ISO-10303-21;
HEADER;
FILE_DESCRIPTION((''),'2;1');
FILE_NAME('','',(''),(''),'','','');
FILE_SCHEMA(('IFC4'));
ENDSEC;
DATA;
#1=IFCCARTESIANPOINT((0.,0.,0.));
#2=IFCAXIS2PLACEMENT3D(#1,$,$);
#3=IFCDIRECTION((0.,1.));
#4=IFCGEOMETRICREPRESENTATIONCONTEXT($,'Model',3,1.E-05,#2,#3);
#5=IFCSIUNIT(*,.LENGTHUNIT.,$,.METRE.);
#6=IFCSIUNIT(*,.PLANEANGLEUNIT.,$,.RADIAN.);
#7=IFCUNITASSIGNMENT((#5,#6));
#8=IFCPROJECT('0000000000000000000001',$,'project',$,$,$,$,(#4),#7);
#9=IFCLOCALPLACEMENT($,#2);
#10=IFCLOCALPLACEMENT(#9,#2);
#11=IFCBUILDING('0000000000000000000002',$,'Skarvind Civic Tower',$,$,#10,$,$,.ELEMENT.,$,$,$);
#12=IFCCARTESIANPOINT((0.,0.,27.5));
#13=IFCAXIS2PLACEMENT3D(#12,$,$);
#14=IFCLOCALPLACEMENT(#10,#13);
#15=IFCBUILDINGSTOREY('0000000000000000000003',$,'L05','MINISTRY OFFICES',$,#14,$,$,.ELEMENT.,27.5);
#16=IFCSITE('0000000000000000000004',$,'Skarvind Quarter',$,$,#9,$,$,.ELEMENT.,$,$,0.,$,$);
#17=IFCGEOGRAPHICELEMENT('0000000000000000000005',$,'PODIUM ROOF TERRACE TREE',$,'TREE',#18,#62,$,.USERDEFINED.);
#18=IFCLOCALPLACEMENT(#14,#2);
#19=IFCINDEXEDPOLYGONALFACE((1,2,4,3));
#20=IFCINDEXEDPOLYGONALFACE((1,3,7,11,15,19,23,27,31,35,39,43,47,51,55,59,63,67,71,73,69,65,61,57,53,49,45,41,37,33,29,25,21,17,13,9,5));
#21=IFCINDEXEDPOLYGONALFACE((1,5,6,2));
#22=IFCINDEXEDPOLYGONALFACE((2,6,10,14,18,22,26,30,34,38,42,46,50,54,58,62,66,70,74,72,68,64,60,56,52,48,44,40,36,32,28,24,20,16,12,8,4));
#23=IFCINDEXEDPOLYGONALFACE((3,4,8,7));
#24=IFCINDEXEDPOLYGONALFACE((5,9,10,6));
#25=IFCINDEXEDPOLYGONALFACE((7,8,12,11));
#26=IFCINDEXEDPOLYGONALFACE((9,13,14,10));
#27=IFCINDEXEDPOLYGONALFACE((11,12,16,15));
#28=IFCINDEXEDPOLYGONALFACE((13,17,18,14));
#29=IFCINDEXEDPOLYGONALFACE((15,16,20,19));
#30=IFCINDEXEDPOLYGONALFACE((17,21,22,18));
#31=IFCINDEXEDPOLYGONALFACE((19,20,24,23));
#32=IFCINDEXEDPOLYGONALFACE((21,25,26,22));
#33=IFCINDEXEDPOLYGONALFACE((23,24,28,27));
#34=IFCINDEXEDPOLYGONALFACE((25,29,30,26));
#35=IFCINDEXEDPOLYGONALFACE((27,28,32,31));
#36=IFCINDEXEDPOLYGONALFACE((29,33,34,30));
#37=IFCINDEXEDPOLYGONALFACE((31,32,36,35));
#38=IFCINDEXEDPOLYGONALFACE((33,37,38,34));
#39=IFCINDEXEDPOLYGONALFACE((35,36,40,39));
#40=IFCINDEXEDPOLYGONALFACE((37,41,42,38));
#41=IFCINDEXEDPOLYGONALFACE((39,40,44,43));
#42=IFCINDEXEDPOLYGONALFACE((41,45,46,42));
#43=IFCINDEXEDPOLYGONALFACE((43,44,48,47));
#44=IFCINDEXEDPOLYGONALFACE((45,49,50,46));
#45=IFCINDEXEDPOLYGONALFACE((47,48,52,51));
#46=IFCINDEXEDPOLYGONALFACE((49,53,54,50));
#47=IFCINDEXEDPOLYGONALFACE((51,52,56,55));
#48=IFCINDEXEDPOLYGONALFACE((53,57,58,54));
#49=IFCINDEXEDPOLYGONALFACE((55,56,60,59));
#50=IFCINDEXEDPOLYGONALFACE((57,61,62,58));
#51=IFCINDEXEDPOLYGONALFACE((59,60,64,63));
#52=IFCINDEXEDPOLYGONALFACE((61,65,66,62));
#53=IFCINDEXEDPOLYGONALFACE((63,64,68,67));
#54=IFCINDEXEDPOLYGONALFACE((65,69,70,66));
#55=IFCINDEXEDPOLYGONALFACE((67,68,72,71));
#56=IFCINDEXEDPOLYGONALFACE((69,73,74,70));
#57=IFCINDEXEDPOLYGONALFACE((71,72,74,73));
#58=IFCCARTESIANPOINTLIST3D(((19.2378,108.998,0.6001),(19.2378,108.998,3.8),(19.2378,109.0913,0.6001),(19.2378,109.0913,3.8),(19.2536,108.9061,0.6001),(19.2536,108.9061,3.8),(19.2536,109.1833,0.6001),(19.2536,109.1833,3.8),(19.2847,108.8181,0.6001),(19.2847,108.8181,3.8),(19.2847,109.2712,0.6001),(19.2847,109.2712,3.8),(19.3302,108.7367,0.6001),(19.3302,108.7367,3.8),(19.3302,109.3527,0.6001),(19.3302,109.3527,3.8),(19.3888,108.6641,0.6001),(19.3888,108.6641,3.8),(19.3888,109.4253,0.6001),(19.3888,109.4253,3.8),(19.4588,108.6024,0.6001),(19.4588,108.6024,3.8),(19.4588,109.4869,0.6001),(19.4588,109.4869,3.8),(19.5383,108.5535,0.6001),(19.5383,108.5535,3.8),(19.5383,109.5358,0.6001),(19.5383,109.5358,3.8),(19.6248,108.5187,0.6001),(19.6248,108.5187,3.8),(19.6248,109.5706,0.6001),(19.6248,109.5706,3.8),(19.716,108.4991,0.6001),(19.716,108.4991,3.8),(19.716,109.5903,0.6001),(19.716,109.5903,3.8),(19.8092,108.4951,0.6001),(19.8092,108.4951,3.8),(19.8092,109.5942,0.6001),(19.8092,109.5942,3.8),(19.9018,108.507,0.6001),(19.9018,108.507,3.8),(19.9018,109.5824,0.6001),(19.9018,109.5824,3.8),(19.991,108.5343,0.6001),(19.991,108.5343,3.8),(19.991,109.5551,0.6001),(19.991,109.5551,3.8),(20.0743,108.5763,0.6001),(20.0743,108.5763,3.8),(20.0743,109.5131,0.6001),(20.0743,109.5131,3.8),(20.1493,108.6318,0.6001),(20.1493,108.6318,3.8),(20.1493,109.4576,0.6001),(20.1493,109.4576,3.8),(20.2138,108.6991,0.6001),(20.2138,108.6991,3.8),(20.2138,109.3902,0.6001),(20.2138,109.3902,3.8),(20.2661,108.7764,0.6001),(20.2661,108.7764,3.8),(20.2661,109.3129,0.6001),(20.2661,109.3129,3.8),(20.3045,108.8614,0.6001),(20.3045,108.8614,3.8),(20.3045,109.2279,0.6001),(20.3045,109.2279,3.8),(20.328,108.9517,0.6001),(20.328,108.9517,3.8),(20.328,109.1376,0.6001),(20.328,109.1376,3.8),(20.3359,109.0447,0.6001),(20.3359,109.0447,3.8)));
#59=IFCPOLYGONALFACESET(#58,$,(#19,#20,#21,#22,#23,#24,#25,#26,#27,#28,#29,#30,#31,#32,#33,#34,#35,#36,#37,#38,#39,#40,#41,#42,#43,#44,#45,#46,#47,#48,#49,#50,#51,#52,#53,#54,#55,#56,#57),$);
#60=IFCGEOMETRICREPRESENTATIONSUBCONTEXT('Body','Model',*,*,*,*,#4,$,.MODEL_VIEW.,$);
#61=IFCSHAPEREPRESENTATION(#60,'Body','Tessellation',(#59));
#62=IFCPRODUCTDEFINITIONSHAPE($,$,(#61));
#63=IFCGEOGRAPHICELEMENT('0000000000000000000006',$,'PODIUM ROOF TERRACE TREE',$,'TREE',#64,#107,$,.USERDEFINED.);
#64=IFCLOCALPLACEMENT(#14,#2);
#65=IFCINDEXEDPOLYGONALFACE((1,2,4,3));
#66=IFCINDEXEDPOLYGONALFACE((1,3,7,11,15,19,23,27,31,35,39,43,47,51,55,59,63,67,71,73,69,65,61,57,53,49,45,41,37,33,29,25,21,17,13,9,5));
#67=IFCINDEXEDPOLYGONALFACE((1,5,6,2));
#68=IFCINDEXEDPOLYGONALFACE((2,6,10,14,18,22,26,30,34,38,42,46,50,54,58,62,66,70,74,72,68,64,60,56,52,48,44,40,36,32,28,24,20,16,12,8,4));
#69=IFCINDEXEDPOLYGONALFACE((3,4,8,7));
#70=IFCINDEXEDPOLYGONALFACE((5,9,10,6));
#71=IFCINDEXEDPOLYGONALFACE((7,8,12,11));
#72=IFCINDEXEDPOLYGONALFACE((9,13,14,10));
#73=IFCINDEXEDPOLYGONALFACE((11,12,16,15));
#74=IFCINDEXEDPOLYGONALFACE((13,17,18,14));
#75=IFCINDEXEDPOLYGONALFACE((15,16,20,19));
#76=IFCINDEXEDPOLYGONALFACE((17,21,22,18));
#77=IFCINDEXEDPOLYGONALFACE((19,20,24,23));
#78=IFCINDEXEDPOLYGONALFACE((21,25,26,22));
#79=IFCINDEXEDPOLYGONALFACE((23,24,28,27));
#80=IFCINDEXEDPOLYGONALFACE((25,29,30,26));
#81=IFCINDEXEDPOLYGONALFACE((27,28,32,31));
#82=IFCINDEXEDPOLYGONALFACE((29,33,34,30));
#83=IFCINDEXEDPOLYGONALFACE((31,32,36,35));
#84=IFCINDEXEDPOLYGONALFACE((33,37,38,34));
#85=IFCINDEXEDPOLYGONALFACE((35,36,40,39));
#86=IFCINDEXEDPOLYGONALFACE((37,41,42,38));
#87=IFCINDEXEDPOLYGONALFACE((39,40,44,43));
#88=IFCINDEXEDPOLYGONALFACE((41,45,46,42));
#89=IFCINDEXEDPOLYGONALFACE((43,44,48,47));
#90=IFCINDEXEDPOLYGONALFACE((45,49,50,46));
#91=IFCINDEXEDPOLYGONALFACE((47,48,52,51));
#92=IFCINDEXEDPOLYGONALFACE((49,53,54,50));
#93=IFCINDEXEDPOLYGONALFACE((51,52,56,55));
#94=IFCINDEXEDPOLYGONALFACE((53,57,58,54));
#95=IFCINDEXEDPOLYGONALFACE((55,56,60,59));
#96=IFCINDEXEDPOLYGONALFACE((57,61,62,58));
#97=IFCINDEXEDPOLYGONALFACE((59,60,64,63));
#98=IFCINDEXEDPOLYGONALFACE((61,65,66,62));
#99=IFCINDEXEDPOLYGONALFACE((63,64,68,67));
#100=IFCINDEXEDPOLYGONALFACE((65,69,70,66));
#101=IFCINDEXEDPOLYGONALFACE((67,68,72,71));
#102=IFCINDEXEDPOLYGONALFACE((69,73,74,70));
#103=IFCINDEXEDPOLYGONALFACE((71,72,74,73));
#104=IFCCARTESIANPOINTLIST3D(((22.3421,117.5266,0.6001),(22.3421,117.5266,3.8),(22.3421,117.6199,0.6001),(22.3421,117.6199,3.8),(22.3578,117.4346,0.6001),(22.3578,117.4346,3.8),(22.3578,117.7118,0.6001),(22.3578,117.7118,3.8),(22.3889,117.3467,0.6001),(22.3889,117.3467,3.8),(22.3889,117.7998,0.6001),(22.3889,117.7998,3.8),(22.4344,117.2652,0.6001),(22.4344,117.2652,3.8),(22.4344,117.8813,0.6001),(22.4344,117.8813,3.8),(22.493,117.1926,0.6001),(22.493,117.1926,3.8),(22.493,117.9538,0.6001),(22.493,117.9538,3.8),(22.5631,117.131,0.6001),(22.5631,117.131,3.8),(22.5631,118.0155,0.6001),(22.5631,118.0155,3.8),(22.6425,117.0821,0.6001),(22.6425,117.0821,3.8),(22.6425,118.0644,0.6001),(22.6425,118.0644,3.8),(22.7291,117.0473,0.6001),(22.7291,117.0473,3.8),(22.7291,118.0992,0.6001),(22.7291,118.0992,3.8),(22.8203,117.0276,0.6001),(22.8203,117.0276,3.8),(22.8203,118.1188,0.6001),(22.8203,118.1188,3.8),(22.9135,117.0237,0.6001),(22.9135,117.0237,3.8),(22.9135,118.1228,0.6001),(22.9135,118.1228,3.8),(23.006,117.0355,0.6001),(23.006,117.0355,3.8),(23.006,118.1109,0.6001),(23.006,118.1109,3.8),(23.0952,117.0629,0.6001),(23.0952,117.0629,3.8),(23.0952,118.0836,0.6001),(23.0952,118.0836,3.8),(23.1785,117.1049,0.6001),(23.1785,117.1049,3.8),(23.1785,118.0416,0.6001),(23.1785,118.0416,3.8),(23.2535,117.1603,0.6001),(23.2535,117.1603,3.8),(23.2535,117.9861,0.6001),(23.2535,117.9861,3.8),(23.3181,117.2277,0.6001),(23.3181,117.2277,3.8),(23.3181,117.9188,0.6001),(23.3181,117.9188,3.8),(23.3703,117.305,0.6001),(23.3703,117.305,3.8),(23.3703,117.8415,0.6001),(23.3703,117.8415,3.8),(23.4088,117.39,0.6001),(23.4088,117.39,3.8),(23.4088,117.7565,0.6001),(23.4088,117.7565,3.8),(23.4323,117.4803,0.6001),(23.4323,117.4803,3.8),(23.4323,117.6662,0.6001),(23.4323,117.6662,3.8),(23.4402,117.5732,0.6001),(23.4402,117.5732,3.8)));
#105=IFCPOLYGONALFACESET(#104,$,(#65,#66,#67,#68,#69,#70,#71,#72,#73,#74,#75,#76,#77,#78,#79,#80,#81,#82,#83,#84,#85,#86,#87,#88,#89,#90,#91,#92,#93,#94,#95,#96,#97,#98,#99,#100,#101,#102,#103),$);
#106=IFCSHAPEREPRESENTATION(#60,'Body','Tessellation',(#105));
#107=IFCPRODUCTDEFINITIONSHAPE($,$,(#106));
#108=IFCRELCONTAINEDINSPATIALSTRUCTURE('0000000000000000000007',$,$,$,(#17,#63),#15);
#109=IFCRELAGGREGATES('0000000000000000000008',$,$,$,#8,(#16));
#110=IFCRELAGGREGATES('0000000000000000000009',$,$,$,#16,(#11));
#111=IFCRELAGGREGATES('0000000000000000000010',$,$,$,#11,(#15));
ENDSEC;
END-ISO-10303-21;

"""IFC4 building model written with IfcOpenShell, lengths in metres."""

from ifc_helpers import new_model, si_unit, direction, frame, origin, origin_2d, place, context, subcontext, project, spatial, circle, extrude, element, save


model = new_model("IFC4")

# Units and contexts
model_context = context("Model", 3, precision=1e-05, world=origin(), true_north=direction((0.0, 1.0)))
body_context = subcontext(model_context, "Body", "Model", "MODEL_VIEW")
ifc_project = project(units=[si_unit("LENGTHUNIT", "METRE"), si_unit("PLANEANGLEUNIT", "RADIAN")], contexts=[model_context])

# Site, building, storey
site_placement = place(None, origin())
site = spatial("IfcSite", under=ifc_project, at=site_placement, Name="Skarvind Quarter", CompositionType="ELEMENT", RefElevation=0.0)
building_placement = place(site_placement, origin())
building = spatial("IfcBuilding", under=site, at=building_placement, Name="Skarvind Civic Tower", CompositionType="ELEMENT")
storey_placement = place(building_placement, frame((0.0, 0.0, 27.5)))
storey = spatial("IfcBuildingStorey", under=building, at=storey_placement, Name="L05", Description="MINISTRY OFFICES", CompositionType="ELEMENT", Elevation=27.5)

# Geographic elements
for number, where, z_axis, x_axis, name in (
    (1, (19.7859, 109.0447, 0.6001), (0.0, 0.0, 1.0), (1.0, 0.0, 0.0), "PODIUM ROOF TERRACE TREE"),
    (2, (22.8901, 117.5732, 0.6001), (0.0, 0.0, 1.0), (1.0, 0.0, 0.0), "PODIUM ROOF TERRACE TREE"),
):
    element("IfcGeographicElement", number, at=place(storey_placement, frame(where, z_axis=z_axis, x_axis=x_axis)), inside=storey, Name=name, ObjectType="TREE", PredefinedType="USERDEFINED", context=body_context, shape_type="SweptSolid", body=[
        extrude(circle(Radius=0.55, at=origin_2d()), origin(), (0.0, 0.0, 1.0), 3.2),
    ])

save(model, "model.ifc")
